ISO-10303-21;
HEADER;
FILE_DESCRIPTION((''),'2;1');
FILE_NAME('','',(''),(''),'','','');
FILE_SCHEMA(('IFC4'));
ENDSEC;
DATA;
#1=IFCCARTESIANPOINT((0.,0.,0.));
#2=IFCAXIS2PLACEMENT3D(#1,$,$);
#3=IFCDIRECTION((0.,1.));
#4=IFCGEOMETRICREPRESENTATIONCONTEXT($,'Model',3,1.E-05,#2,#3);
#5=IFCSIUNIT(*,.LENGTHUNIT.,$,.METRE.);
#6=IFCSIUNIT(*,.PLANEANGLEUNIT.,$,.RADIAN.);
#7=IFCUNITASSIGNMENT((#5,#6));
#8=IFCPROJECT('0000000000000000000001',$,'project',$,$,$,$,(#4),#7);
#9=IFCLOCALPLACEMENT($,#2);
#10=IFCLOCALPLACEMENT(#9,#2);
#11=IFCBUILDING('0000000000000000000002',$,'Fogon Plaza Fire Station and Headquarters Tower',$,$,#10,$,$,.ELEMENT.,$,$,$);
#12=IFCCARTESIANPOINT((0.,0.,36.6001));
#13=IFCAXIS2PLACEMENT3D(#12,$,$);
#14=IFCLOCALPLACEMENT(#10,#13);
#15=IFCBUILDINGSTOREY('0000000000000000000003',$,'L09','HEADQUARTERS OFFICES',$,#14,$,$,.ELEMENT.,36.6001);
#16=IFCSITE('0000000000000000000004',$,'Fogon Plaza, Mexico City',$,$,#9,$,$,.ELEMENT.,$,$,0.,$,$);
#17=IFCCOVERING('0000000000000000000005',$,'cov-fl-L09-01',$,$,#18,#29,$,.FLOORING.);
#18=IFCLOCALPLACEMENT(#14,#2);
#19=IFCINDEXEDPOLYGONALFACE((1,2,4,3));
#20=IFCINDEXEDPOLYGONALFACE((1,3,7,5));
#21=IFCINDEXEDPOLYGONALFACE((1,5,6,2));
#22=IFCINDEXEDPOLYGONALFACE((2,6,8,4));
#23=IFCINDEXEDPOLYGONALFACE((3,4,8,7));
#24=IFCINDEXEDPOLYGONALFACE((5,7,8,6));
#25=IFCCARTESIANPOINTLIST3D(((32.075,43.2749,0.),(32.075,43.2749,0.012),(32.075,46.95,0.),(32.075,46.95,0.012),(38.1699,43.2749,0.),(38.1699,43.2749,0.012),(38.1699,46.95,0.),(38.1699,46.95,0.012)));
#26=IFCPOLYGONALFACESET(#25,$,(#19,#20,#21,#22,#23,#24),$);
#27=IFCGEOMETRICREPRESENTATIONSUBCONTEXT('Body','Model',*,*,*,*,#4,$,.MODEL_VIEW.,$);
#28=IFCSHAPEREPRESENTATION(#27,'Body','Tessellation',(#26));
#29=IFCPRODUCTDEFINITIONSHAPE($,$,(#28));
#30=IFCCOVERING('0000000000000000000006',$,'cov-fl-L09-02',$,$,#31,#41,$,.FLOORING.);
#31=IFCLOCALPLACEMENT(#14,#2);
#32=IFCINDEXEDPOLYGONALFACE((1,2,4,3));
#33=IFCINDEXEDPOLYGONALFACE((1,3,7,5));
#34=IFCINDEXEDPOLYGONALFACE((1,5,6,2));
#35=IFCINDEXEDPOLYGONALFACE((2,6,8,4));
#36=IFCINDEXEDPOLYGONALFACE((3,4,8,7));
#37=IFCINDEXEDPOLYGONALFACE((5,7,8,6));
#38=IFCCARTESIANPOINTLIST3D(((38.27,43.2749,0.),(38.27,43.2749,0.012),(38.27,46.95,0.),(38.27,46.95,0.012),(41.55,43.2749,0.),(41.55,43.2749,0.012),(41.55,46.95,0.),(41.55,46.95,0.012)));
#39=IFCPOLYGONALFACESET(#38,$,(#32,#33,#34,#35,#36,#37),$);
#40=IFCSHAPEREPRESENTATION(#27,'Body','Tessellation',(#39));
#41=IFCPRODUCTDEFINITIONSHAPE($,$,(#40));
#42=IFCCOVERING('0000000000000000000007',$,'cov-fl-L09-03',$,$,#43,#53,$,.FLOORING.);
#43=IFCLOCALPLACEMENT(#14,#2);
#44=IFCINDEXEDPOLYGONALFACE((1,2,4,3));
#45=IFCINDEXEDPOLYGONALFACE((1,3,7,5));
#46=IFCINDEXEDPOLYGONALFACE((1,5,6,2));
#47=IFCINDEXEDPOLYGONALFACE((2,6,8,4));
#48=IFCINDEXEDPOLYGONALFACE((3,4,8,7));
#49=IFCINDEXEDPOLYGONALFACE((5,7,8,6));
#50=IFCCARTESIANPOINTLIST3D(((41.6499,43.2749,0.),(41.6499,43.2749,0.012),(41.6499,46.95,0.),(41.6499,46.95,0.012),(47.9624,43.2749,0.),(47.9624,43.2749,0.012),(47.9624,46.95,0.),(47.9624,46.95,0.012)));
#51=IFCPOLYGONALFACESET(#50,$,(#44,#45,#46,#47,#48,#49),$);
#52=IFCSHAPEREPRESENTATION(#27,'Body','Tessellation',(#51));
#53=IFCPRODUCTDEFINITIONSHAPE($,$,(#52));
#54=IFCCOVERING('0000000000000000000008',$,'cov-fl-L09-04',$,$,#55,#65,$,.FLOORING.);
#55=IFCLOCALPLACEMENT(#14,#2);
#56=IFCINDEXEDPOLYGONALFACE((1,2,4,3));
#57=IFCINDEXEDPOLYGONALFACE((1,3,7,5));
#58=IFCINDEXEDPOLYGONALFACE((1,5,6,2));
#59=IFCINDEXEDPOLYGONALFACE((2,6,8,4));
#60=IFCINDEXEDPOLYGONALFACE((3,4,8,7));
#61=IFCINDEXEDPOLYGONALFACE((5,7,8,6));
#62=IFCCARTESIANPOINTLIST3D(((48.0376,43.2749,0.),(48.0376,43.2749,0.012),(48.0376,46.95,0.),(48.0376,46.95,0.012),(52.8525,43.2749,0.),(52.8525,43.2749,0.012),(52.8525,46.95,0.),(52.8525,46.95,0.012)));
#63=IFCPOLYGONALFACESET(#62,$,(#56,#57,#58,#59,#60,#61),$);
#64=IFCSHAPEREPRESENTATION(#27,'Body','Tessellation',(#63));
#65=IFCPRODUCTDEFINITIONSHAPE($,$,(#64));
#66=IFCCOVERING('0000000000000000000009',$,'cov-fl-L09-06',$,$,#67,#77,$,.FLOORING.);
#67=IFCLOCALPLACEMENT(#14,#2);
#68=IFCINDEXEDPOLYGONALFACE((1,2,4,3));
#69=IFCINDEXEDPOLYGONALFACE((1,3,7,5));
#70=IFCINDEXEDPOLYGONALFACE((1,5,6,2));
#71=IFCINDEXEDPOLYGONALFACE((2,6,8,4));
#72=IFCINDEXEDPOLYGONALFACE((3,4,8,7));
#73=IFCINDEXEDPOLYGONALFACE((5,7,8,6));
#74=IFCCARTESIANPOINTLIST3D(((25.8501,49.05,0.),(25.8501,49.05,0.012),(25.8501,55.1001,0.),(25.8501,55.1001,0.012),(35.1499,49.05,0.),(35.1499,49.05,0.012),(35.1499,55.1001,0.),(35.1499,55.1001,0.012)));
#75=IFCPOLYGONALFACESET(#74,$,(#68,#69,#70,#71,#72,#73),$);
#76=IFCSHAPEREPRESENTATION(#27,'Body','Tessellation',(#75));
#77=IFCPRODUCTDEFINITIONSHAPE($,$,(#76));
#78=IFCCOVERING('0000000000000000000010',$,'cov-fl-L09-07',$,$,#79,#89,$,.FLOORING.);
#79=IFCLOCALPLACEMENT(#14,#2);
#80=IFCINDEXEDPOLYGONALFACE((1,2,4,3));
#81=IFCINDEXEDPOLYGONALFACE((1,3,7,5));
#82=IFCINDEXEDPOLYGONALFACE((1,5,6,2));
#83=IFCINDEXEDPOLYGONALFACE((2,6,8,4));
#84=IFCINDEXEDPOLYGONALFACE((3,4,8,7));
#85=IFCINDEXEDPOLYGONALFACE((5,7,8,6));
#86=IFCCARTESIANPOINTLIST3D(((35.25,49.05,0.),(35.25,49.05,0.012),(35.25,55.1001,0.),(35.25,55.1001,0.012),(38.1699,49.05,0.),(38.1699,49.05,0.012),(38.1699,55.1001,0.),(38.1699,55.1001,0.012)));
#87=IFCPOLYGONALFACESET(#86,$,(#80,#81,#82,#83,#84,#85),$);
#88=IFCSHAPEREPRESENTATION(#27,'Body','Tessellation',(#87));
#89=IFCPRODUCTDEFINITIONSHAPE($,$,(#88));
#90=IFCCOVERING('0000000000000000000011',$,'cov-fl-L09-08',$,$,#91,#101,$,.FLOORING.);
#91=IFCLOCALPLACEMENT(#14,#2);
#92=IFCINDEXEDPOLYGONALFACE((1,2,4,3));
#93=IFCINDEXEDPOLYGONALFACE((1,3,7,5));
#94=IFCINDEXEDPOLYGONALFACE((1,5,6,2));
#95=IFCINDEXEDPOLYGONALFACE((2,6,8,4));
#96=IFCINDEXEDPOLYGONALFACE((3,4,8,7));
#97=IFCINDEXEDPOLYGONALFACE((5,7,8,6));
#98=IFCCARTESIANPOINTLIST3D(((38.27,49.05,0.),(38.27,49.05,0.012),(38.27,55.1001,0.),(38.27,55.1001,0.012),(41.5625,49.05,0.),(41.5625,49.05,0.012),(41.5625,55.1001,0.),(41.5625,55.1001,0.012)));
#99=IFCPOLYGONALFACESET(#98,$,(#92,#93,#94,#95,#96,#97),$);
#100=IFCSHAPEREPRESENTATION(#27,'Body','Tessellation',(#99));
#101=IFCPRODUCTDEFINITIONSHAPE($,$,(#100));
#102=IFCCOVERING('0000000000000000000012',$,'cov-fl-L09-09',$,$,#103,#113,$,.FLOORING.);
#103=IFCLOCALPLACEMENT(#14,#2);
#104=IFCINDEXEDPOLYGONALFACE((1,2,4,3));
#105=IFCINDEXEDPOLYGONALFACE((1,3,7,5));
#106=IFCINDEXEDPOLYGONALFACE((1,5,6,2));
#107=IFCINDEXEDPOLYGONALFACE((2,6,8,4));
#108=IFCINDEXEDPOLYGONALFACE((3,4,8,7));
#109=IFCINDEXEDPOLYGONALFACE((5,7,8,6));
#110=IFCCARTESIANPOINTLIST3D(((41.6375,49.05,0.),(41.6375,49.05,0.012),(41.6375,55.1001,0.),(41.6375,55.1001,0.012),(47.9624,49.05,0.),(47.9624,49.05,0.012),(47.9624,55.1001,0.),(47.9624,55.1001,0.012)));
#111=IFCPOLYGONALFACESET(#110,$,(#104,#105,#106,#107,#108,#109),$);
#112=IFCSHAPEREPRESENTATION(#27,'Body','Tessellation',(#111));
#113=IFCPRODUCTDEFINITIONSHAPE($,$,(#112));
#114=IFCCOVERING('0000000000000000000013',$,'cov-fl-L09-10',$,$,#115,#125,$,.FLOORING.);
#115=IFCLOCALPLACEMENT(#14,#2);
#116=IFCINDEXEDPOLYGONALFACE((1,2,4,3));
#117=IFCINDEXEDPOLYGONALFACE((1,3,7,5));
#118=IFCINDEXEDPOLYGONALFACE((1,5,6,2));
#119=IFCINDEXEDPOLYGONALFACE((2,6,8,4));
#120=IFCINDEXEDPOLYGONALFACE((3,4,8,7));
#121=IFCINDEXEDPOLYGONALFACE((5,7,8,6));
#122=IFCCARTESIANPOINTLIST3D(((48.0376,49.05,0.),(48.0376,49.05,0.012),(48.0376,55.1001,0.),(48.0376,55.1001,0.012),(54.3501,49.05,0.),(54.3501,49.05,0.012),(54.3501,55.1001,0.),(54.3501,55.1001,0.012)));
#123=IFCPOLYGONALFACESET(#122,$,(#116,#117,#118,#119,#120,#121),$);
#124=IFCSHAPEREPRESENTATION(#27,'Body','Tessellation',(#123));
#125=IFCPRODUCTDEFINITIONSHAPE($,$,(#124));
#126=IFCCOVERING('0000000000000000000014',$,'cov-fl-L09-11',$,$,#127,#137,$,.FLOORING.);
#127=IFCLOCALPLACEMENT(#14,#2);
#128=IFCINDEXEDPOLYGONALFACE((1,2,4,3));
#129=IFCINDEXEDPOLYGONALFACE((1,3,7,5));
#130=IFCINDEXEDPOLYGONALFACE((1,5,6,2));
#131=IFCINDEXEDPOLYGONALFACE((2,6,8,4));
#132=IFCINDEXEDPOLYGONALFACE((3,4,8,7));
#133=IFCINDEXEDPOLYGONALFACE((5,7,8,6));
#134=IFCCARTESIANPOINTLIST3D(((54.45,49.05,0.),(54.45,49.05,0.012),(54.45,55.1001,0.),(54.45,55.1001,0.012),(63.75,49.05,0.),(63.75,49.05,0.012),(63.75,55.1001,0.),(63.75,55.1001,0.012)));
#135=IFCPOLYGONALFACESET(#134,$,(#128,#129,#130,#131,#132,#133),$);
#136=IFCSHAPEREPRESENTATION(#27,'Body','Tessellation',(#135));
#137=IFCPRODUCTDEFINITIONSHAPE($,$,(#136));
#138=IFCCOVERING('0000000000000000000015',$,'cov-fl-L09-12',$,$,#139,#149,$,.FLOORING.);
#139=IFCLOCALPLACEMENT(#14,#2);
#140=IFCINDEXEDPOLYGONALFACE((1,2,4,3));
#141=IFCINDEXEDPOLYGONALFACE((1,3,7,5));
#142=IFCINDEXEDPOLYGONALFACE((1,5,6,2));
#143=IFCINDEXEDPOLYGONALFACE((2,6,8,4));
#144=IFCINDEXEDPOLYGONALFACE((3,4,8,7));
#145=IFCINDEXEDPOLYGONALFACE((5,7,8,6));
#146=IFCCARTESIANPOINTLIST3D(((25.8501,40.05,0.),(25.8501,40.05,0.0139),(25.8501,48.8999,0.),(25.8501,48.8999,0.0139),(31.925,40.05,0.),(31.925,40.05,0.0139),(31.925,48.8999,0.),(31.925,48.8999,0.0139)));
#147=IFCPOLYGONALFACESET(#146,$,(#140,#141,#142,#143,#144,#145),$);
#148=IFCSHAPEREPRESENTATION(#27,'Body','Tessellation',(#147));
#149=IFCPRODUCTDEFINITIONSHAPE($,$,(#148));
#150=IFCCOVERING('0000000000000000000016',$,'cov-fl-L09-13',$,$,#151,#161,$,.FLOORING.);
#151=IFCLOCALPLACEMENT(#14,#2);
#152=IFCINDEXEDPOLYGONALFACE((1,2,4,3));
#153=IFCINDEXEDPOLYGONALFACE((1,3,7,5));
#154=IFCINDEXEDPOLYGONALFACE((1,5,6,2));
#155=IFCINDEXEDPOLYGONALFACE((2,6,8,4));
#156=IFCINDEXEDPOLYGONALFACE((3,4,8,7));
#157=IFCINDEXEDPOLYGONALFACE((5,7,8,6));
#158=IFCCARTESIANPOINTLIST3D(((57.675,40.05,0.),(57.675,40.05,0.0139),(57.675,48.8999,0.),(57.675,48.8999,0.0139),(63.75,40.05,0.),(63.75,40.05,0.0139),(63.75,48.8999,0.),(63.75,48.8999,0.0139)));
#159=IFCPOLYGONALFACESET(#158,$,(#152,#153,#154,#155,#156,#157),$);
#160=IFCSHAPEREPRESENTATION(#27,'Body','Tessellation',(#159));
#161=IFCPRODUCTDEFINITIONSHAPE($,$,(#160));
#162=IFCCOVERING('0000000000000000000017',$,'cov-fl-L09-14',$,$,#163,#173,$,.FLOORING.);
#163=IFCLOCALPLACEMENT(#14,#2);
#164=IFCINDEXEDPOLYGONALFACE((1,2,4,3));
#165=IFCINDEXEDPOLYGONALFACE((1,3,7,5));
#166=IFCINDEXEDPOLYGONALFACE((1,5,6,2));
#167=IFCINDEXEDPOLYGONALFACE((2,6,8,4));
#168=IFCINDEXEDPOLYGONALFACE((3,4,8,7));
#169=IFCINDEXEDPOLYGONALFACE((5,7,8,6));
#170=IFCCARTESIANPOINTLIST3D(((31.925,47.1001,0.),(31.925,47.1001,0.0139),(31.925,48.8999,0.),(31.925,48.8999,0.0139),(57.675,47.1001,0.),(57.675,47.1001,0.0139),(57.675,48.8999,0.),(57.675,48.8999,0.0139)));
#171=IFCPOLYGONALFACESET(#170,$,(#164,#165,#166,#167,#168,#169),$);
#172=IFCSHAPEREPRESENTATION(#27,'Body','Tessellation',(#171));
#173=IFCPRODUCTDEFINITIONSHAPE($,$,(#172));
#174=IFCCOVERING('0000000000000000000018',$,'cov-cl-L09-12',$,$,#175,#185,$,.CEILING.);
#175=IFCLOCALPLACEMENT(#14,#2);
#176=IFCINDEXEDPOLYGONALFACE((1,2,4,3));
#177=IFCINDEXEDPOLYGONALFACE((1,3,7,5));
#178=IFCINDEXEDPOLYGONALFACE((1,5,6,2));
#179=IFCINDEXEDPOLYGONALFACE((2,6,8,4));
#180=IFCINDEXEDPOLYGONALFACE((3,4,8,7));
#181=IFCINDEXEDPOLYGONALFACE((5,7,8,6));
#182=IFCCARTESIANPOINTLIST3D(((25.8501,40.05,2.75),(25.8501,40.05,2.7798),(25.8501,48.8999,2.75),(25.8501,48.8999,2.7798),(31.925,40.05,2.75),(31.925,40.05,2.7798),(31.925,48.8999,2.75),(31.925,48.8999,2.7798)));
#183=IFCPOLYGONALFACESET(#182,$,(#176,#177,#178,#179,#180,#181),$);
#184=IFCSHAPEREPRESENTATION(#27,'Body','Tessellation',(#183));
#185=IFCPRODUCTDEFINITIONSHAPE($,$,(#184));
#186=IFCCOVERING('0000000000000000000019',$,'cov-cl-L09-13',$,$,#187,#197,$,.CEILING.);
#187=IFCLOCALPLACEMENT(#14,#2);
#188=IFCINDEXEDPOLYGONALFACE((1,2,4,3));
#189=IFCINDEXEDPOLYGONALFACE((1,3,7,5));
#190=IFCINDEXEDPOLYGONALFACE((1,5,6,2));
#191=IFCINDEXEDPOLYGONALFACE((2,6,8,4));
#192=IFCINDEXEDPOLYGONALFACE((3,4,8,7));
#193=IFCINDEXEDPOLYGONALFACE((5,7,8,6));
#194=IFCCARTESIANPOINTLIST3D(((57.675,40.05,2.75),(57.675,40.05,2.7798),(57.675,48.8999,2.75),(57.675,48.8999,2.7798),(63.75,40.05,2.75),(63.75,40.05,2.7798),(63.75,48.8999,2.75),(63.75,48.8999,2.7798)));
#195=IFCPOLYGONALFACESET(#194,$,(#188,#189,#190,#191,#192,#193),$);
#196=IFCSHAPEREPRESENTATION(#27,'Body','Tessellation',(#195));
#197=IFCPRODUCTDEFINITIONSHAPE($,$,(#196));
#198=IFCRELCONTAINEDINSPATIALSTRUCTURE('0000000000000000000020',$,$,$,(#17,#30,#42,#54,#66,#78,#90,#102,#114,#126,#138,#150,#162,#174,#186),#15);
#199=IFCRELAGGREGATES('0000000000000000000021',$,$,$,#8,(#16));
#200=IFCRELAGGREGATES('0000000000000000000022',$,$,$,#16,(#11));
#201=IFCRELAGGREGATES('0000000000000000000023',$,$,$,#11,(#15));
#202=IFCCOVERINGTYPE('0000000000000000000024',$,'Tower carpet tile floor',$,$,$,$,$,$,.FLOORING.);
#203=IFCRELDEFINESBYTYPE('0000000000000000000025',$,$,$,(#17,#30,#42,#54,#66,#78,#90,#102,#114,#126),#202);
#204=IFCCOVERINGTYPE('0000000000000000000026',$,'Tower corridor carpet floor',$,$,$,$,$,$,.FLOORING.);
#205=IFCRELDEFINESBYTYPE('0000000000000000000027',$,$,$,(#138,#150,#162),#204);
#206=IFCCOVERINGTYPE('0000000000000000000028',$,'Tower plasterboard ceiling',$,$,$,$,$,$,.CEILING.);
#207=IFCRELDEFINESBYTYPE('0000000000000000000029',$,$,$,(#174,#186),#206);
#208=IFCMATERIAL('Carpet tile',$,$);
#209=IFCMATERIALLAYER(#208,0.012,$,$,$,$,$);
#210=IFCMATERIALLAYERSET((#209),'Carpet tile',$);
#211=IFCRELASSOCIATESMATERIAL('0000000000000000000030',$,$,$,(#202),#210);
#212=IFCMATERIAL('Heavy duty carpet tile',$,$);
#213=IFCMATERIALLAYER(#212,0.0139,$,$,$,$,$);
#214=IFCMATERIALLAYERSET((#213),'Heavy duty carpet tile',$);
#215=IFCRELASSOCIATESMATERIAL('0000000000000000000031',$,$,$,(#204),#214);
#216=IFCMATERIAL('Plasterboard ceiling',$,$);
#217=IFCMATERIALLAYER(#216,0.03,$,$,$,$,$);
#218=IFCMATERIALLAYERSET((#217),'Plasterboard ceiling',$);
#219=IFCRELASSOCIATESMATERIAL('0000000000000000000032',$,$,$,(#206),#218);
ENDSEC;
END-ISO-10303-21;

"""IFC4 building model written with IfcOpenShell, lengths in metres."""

from ifc_helpers import new_model, si_unit, direction, frame, origin, place, context, subcontext, project, spatial, polyline, outline, extrude, material, layer, layer_set, type_object, element, save


model = new_model("IFC4")

# Units and contexts
model_context = context("Model", 3, precision=1e-05, world=origin(), true_north=direction((0.0, 1.0)))
body_context = subcontext(model_context, "Body", "Model", "MODEL_VIEW")
ifc_project = project(units=[si_unit("LENGTHUNIT", "METRE"), si_unit("PLANEANGLEUNIT", "RADIAN")], contexts=[model_context])

# Site, building, storey
site_placement = place(None, origin())
site = spatial("IfcSite", under=ifc_project, at=site_placement, Name="Fogon Plaza, Mexico City", CompositionType="ELEMENT", RefElevation=0.0)
building_placement = place(site_placement, origin())
building = spatial("IfcBuilding", under=site, at=building_placement, Name="Fogon Plaza Fire Station and Headquarters Tower", CompositionType="ELEMENT")
storey_placement = place(building_placement, frame((0.0, 0.0, 36.6001)))
storey = spatial("IfcBuildingStorey", under=building, at=storey_placement, Name="L09", Description="HEADQUARTERS OFFICES", CompositionType="ELEMENT", Elevation=36.6001)

# Coverings
ifc_material_1 = material(Name="Carpet tile")
ifc_layer_1 = layer(ifc_material_1, 0.012)
ifc_layer_set_1 = layer_set([ifc_layer_1], Name="Carpet tile")
covering_type_1 = type_object("IfcCoveringType", Name="Tower carpet tile floor", PredefinedType="FLOORING", material=ifc_layer_set_1)
covering_1_placement = place(storey_placement, origin())
element("IfcCovering", 1, at=covering_1_placement, inside=storey, type_object=covering_type_1, Name="cov-fl-L09-01", PredefinedType="FLOORING", context=body_context, shape_type="SweptSolid", body=[
    extrude(outline(polyline([(38.1699, 43.2749), (38.1699, 46.95), (32.075, 46.95), (32.075, 43.2749), (38.1699, 43.2749)])), origin(), (0.0, 0.0, 1.0), 0.012),
])
covering_2_placement = place(storey_placement, origin())
element("IfcCovering", 2, at=covering_2_placement, inside=storey, type_object=covering_type_1, Name="cov-fl-L09-02", PredefinedType="FLOORING", context=body_context, shape_type="SweptSolid", body=[
    extrude(outline(polyline([(41.55, 43.2749), (41.55, 46.95), (38.27, 46.95), (38.27, 43.2749), (41.55, 43.2749)])), origin(), (0.0, 0.0, 1.0), 0.012),
])
covering_3_placement = place(storey_placement, origin())
element("IfcCovering", 3, at=covering_3_placement, inside=storey, type_object=covering_type_1, Name="cov-fl-L09-03", PredefinedType="FLOORING", context=body_context, shape_type="SweptSolid", body=[
    extrude(outline(polyline([(47.9624, 43.2749), (47.9624, 46.95), (41.6499, 46.95), (41.6499, 43.2749), (47.9624, 43.2749)])), origin(), (0.0, 0.0, 1.0), 0.012),
])
covering_4_placement = place(storey_placement, origin())
element("IfcCovering", 4, at=covering_4_placement, inside=storey, type_object=covering_type_1, Name="cov-fl-L09-04", PredefinedType="FLOORING", context=body_context, shape_type="SweptSolid", body=[
    extrude(outline(polyline([(52.8525, 43.2749), (52.8525, 46.95), (48.0376, 46.95), (48.0376, 43.2749), (52.8525, 43.2749)])), origin(), (0.0, 0.0, 1.0), 0.012),
])
covering_5_placement = place(storey_placement, origin())
element("IfcCovering", 5, at=covering_5_placement, inside=storey, type_object=covering_type_1, Name="cov-fl-L09-06", PredefinedType="FLOORING", context=body_context, shape_type="SweptSolid", body=[
    extrude(outline(polyline([(35.1499, 49.05), (35.1499, 55.1001), (25.8501, 55.1001), (25.8501, 49.05), (35.1499, 49.05)])), origin(), (0.0, 0.0, 1.0), 0.012),
])
covering_6_placement = place(storey_placement, origin())
element("IfcCovering", 6, at=covering_6_placement, inside=storey, type_object=covering_type_1, Name="cov-fl-L09-07", PredefinedType="FLOORING", context=body_context, shape_type="SweptSolid", body=[
    extrude(outline(polyline([(38.1699, 49.05), (38.1699, 55.1001), (35.25, 55.1001), (35.25, 49.05), (38.1699, 49.05)])), origin(), (0.0, 0.0, 1.0), 0.012),
])
covering_7_placement = place(storey_placement, origin())
element("IfcCovering", 7, at=covering_7_placement, inside=storey, type_object=covering_type_1, Name="cov-fl-L09-08", PredefinedType="FLOORING", context=body_context, shape_type="SweptSolid", body=[
    extrude(outline(polyline([(41.5625, 49.05), (41.5625, 55.1001), (38.27, 55.1001), (38.27, 49.05), (41.5625, 49.05)])), origin(), (0.0, 0.0, 1.0), 0.012),
])
covering_8_placement = place(storey_placement, origin())
element("IfcCovering", 8, at=covering_8_placement, inside=storey, type_object=covering_type_1, Name="cov-fl-L09-09", PredefinedType="FLOORING", context=body_context, shape_type="SweptSolid", body=[
    extrude(outline(polyline([(47.9624, 49.05), (47.9624, 55.1001), (41.6375, 55.1001), (41.6375, 49.05), (47.9624, 49.05)])), origin(), (0.0, 0.0, 1.0), 0.012),
])
covering_9_placement = place(storey_placement, origin())
element("IfcCovering", 9, at=covering_9_placement, inside=storey, type_object=covering_type_1, Name="cov-fl-L09-10", PredefinedType="FLOORING", context=body_context, shape_type="SweptSolid", body=[
    extrude(outline(polyline([(54.3501, 49.05), (54.3501, 55.1001), (48.0376, 55.1001), (48.0376, 49.05), (54.3501, 49.05)])), origin(), (0.0, 0.0, 1.0), 0.012),
])
covering_10_placement = place(storey_placement, origin())
element("IfcCovering", 10, at=covering_10_placement, inside=storey, type_object=covering_type_1, Name="cov-fl-L09-11", PredefinedType="FLOORING", context=body_context, shape_type="SweptSolid", body=[
    extrude(outline(polyline([(63.75, 49.05), (63.75, 55.1001), (54.45, 55.1001), (54.45, 49.05), (63.75, 49.05)])), origin(), (0.0, 0.0, 1.0), 0.012),
])
ifc_material_2 = material(Name="Heavy duty carpet tile")
ifc_layer_2 = layer(ifc_material_2, 0.0139)
ifc_layer_set_2 = layer_set([ifc_layer_2], Name="Heavy duty carpet tile")
covering_type_2 = type_object("IfcCoveringType", Name="Tower corridor carpet floor", PredefinedType="FLOORING", material=ifc_layer_set_2)
covering_11_placement = place(storey_placement, origin())
element("IfcCovering", 11, at=covering_11_placement, inside=storey, type_object=covering_type_2, Name="cov-fl-L09-12", PredefinedType="FLOORING", context=body_context, shape_type="SweptSolid", body=[
    extrude(outline(polyline([(31.925, 40.05), (31.925, 48.8999), (25.8501, 48.8999), (25.8501, 40.05), (31.925, 40.05)])), origin(), (0.0, 0.0, 1.0), 0.0139),
])
covering_12_placement = place(storey_placement, origin())
element("IfcCovering", 12, at=covering_12_placement, inside=storey, type_object=covering_type_2, Name="cov-fl-L09-13", PredefinedType="FLOORING", context=body_context, shape_type="SweptSolid", body=[
    extrude(outline(polyline([(63.75, 40.05), (63.75, 48.8999), (57.675, 48.8999), (57.675, 40.05), (63.75, 40.05)])), origin(), (0.0, 0.0, 1.0), 0.0139),
])
covering_13_placement = place(storey_placement, origin())
element("IfcCovering", 13, at=covering_13_placement, inside=storey, type_object=covering_type_2, Name="cov-fl-L09-14", PredefinedType="FLOORING", context=body_context, shape_type="SweptSolid", body=[
    extrude(outline(polyline([(57.675, 47.1001), (57.675, 48.8999), (31.925, 48.8999), (31.925, 47.1001), (57.675, 47.1001)])), origin(), (0.0, 0.0, 1.0), 0.0139),
])
ifc_material_3 = material(Name="Plasterboard ceiling")
ifc_layer_3 = layer(ifc_material_3, 0.03)
ifc_layer_set_3 = layer_set([ifc_layer_3], Name="Plasterboard ceiling")
covering_type_3 = type_object("IfcCoveringType", Name="Tower plasterboard ceiling", PredefinedType="CEILING", material=ifc_layer_set_3)
covering_14_placement = place(storey_placement, frame((0.0, 0.0, 2.75)))
element("IfcCovering", 14, at=covering_14_placement, inside=storey, type_object=covering_type_3, Name="cov-cl-L09-12", PredefinedType="CEILING", context=body_context, shape_type="SweptSolid", body=[
    extrude(outline(polyline([(31.925, 40.05), (31.925, 48.8999), (25.8501, 48.8999), (25.8501, 40.05), (31.925, 40.05)])), origin(), (0.0, 0.0, 1.0), 0.0298),
])
covering_15_placement = place(storey_placement, frame((0.0, 0.0, 2.75)))
element("IfcCovering", 15, at=covering_15_placement, inside=storey, type_object=covering_type_3, Name="cov-cl-L09-13", PredefinedType="CEILING", context=body_context, shape_type="SweptSolid", body=[
    extrude(outline(polyline([(63.75, 40.05), (63.75, 48.8999), (57.675, 48.8999), (57.675, 40.05), (63.75, 40.05)])), origin(), (0.0, 0.0, 1.0), 0.0298),
])

save(model, "model.ifc")
